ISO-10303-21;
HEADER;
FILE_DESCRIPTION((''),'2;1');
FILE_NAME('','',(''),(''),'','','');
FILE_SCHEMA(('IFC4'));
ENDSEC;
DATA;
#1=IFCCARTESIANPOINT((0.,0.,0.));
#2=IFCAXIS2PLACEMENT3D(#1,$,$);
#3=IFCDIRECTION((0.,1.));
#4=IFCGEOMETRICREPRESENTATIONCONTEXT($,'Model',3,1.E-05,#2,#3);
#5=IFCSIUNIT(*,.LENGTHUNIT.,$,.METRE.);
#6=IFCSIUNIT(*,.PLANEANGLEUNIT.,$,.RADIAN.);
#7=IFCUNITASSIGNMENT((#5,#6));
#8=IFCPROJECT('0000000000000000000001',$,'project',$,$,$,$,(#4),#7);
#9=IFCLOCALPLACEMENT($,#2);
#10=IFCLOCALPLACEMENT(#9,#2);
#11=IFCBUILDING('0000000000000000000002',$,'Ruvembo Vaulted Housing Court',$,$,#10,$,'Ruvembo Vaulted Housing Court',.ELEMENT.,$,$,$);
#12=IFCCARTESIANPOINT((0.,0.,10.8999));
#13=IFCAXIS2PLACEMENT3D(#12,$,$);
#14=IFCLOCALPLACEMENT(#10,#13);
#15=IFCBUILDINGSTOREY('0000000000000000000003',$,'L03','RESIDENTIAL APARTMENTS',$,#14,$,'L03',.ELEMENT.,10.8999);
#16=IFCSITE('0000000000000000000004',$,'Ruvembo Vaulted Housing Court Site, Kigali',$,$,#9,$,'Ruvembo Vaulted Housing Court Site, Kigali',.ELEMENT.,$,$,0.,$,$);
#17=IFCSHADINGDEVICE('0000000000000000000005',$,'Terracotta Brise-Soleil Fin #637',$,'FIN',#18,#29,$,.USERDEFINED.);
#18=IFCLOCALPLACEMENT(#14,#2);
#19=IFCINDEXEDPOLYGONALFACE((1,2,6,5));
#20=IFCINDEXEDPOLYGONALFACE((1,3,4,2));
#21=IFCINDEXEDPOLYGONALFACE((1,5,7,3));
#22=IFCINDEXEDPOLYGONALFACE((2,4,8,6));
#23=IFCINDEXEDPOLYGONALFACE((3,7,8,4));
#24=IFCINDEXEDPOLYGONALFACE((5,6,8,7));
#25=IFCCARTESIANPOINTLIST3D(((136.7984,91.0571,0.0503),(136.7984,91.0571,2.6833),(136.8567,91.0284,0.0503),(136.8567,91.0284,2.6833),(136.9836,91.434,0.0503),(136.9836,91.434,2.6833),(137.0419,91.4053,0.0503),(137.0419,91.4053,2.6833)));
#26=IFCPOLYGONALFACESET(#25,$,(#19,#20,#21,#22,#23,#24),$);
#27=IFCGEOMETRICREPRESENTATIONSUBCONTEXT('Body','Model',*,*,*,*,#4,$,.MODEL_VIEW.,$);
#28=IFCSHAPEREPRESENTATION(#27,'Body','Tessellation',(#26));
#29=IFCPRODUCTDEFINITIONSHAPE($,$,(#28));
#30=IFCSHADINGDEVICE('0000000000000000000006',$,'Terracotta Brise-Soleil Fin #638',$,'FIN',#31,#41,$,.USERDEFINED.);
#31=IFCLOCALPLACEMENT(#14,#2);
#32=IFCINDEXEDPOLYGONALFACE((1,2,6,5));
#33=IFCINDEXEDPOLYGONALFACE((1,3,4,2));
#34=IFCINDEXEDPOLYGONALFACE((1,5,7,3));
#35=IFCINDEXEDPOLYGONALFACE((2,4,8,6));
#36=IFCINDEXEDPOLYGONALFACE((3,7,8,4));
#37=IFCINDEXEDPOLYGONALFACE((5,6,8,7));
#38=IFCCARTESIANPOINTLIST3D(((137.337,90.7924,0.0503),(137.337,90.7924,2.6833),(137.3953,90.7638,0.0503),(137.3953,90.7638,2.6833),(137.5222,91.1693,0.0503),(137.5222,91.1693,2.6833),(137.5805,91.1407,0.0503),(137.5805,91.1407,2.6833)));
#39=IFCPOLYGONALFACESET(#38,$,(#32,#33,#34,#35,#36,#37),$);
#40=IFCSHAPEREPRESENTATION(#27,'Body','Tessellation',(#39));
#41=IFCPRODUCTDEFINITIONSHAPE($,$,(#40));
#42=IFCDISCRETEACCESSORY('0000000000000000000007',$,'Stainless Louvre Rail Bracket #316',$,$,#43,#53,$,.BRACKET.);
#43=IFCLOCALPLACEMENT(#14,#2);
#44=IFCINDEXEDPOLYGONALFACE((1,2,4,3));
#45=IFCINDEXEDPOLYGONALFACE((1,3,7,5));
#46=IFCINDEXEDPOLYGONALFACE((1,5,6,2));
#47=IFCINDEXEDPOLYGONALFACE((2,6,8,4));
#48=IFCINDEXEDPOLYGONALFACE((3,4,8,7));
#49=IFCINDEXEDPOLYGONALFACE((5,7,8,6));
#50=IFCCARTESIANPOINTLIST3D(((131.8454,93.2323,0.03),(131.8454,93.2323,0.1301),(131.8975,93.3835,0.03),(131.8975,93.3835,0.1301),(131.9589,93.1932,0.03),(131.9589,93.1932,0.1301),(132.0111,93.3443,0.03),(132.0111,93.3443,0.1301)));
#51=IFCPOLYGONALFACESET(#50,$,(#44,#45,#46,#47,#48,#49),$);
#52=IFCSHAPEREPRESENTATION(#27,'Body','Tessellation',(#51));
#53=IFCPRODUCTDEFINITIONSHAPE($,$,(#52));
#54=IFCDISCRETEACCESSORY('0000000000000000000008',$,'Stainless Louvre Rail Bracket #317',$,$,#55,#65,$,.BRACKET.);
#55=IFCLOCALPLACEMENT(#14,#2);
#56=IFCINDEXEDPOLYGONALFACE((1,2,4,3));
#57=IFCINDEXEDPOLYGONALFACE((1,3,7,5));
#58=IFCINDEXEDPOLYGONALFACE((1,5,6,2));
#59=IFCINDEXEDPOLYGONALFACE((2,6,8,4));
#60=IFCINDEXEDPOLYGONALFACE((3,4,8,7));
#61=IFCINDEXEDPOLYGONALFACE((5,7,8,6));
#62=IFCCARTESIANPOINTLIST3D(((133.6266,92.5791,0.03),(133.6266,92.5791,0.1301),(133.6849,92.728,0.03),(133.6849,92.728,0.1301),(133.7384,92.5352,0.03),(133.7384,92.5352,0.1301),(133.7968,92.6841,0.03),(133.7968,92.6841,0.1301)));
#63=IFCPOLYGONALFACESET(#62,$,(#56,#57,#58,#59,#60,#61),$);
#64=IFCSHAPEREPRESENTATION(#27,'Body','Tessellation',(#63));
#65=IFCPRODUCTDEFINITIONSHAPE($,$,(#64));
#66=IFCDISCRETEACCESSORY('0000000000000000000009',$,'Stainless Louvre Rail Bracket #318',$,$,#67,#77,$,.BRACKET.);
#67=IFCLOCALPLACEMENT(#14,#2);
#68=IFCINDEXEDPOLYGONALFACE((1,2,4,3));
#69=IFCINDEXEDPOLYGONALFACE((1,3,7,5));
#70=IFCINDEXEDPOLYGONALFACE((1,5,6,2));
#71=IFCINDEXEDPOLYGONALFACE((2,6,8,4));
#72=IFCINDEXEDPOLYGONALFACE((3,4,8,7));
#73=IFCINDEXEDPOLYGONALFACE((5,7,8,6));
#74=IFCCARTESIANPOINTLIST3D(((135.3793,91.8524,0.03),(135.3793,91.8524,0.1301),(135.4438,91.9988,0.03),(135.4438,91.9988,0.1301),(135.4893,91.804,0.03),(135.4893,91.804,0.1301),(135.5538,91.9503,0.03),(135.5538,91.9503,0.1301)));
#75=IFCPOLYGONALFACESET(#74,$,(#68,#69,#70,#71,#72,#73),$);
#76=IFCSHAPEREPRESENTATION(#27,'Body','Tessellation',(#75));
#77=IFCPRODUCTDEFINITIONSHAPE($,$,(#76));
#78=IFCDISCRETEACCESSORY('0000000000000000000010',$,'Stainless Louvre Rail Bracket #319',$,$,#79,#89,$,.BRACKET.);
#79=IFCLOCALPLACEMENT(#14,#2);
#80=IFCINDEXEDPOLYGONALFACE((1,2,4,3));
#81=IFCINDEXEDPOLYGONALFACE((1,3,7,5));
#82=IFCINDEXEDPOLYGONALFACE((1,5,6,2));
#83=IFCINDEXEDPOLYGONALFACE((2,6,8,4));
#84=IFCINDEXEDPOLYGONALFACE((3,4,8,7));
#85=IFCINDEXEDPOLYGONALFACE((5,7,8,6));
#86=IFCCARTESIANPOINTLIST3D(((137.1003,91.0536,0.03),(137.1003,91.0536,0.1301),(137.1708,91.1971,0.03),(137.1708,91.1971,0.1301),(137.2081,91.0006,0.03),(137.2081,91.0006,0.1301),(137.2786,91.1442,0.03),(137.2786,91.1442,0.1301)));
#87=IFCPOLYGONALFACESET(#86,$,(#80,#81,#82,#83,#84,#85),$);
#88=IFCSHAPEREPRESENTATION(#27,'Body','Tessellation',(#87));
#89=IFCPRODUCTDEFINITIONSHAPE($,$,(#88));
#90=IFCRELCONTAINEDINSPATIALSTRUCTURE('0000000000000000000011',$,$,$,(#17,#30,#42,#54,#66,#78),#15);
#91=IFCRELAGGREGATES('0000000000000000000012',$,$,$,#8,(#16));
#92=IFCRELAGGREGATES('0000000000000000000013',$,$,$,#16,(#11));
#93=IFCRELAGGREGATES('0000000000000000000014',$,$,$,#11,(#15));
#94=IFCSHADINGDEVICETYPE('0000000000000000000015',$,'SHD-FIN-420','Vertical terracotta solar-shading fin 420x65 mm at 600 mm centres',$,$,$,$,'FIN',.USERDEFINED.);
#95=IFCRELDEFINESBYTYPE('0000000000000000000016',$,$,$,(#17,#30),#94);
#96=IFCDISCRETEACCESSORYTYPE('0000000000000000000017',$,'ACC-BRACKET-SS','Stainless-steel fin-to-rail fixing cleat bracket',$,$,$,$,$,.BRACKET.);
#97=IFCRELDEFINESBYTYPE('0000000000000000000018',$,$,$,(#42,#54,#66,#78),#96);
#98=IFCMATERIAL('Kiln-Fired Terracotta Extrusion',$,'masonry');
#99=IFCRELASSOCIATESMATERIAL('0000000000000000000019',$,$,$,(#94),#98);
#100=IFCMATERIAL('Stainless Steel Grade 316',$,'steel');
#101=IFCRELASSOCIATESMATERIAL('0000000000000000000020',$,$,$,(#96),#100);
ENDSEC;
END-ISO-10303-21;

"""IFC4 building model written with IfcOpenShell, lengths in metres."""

from ifc_helpers import new_model, si_unit, direction, frame, origin, origin_2d, place, context, subcontext, project, spatial, rectangle, extrude, material, type_object, element, save


model = new_model("IFC4")

# Units and contexts
model_context = context("Model", 3, precision=1e-05, world=origin(), true_north=direction((0.0, 1.0)))
body_context = subcontext(model_context, "Body", "Model", "MODEL_VIEW")
ifc_project = project(units=[si_unit("LENGTHUNIT", "METRE"), si_unit("PLANEANGLEUNIT", "RADIAN")], contexts=[model_context])

# Site, building, storey
site_placement = place(None, origin())
site = spatial("IfcSite", under=ifc_project, at=site_placement, Name="Ruvembo Vaulted Housing Court Site, Kigali", LongName="Ruvembo Vaulted Housing Court Site, Kigali", CompositionType="ELEMENT", RefElevation=0.0)
building_placement = place(site_placement, origin())
building = spatial("IfcBuilding", under=site, at=building_placement, Name="Ruvembo Vaulted Housing Court", LongName="Ruvembo Vaulted Housing Court", CompositionType="ELEMENT")
storey_placement = place(building_placement, frame((0.0, 0.0, 10.8999)))
storey = spatial("IfcBuildingStorey", under=building, at=storey_placement, Name="L03", Description="RESIDENTIAL APARTMENTS", LongName="L03", CompositionType="ELEMENT", Elevation=10.8999)

# Shading devices
ifc_material_1 = material(Name="Kiln-Fired Terracotta Extrusion", Category="masonry")
shading_device_type = type_object("IfcShadingDeviceType", Name="SHD-FIN-420", Description="Vertical terracotta solar-shading fin 420x65 mm at 600 mm centres", ElementType="FIN", PredefinedType="USERDEFINED", material=ifc_material_1)
for number, where, z_axis, x_axis, name in (
    (1, (136.9202, 91.2312, 0.0503), (0.0, 0.0, 1.0), (-0.440911, -0.897551, 0.0), "Terracotta Brise-Soleil Fin #637"),
    (2, (137.4587, 90.9666, 0.0503), (0.0, 0.0, 1.0), (-0.440911, -0.897551, 0.0), "Terracotta Brise-Soleil Fin #638"),
):
    element("IfcShadingDevice", number, at=place(storey_placement, frame(where, z_axis=z_axis, x_axis=x_axis)), inside=storey, type_object=shading_device_type, Name=name, ObjectType="FIN", PredefinedType="USERDEFINED", context=body_context, shape_type="SweptSolid", body=[
        extrude(rectangle(XDim=0.4199, YDim=0.0649, at=origin_2d()), origin(), (0.0, 0.0, 1.0), 2.6331),
    ])

# Discrete accessories
ifc_material_2 = material(Name="Stainless Steel Grade 316", Category="steel")
discrete_accessory_type = type_object("IfcDiscreteAccessoryType", Name="ACC-BRACKET-SS", Description="Stainless-steel fin-to-rail fixing cleat bracket", PredefinedType="BRACKET", material=ifc_material_2)
for number, where, z_axis, x_axis, name in (
    (3, (131.9282, 93.2883, 0.03), (0.0, 0.0, 1.0), (-0.32603, -0.945359, 0.0), "Stainless Louvre Rail Bracket #316"),
    (4, (133.7117, 92.6316, 0.03), (0.0, 0.0, 1.0), (-0.364958, -0.931024, 0.0), "Stainless Louvre Rail Bracket #317"),
    (5, (135.4666, 91.9014, 0.03), (0.0, 0.0, 1.0), (-0.403306, -0.915065, 0.0), "Stainless Louvre Rail Bracket #318"),
    (6, (137.1895, 91.0989, 0.03), (0.0, 0.0, 1.0), (-0.440911, -0.897551, 0.0), "Stainless Louvre Rail Bracket #319"),
):
    element("IfcDiscreteAccessory", number, at=place(storey_placement, frame(where, z_axis=z_axis, x_axis=x_axis)), inside=storey, type_object=discrete_accessory_type, Name=name, PredefinedType="BRACKET", context=body_context, shape_type="SweptSolid", body=[
        extrude(rectangle(XDim=0.1599, YDim=0.1201, at=origin_2d()), origin(), (0.0, 0.0, 1.0), 0.1001),
    ])

save(model, "model.ifc")
